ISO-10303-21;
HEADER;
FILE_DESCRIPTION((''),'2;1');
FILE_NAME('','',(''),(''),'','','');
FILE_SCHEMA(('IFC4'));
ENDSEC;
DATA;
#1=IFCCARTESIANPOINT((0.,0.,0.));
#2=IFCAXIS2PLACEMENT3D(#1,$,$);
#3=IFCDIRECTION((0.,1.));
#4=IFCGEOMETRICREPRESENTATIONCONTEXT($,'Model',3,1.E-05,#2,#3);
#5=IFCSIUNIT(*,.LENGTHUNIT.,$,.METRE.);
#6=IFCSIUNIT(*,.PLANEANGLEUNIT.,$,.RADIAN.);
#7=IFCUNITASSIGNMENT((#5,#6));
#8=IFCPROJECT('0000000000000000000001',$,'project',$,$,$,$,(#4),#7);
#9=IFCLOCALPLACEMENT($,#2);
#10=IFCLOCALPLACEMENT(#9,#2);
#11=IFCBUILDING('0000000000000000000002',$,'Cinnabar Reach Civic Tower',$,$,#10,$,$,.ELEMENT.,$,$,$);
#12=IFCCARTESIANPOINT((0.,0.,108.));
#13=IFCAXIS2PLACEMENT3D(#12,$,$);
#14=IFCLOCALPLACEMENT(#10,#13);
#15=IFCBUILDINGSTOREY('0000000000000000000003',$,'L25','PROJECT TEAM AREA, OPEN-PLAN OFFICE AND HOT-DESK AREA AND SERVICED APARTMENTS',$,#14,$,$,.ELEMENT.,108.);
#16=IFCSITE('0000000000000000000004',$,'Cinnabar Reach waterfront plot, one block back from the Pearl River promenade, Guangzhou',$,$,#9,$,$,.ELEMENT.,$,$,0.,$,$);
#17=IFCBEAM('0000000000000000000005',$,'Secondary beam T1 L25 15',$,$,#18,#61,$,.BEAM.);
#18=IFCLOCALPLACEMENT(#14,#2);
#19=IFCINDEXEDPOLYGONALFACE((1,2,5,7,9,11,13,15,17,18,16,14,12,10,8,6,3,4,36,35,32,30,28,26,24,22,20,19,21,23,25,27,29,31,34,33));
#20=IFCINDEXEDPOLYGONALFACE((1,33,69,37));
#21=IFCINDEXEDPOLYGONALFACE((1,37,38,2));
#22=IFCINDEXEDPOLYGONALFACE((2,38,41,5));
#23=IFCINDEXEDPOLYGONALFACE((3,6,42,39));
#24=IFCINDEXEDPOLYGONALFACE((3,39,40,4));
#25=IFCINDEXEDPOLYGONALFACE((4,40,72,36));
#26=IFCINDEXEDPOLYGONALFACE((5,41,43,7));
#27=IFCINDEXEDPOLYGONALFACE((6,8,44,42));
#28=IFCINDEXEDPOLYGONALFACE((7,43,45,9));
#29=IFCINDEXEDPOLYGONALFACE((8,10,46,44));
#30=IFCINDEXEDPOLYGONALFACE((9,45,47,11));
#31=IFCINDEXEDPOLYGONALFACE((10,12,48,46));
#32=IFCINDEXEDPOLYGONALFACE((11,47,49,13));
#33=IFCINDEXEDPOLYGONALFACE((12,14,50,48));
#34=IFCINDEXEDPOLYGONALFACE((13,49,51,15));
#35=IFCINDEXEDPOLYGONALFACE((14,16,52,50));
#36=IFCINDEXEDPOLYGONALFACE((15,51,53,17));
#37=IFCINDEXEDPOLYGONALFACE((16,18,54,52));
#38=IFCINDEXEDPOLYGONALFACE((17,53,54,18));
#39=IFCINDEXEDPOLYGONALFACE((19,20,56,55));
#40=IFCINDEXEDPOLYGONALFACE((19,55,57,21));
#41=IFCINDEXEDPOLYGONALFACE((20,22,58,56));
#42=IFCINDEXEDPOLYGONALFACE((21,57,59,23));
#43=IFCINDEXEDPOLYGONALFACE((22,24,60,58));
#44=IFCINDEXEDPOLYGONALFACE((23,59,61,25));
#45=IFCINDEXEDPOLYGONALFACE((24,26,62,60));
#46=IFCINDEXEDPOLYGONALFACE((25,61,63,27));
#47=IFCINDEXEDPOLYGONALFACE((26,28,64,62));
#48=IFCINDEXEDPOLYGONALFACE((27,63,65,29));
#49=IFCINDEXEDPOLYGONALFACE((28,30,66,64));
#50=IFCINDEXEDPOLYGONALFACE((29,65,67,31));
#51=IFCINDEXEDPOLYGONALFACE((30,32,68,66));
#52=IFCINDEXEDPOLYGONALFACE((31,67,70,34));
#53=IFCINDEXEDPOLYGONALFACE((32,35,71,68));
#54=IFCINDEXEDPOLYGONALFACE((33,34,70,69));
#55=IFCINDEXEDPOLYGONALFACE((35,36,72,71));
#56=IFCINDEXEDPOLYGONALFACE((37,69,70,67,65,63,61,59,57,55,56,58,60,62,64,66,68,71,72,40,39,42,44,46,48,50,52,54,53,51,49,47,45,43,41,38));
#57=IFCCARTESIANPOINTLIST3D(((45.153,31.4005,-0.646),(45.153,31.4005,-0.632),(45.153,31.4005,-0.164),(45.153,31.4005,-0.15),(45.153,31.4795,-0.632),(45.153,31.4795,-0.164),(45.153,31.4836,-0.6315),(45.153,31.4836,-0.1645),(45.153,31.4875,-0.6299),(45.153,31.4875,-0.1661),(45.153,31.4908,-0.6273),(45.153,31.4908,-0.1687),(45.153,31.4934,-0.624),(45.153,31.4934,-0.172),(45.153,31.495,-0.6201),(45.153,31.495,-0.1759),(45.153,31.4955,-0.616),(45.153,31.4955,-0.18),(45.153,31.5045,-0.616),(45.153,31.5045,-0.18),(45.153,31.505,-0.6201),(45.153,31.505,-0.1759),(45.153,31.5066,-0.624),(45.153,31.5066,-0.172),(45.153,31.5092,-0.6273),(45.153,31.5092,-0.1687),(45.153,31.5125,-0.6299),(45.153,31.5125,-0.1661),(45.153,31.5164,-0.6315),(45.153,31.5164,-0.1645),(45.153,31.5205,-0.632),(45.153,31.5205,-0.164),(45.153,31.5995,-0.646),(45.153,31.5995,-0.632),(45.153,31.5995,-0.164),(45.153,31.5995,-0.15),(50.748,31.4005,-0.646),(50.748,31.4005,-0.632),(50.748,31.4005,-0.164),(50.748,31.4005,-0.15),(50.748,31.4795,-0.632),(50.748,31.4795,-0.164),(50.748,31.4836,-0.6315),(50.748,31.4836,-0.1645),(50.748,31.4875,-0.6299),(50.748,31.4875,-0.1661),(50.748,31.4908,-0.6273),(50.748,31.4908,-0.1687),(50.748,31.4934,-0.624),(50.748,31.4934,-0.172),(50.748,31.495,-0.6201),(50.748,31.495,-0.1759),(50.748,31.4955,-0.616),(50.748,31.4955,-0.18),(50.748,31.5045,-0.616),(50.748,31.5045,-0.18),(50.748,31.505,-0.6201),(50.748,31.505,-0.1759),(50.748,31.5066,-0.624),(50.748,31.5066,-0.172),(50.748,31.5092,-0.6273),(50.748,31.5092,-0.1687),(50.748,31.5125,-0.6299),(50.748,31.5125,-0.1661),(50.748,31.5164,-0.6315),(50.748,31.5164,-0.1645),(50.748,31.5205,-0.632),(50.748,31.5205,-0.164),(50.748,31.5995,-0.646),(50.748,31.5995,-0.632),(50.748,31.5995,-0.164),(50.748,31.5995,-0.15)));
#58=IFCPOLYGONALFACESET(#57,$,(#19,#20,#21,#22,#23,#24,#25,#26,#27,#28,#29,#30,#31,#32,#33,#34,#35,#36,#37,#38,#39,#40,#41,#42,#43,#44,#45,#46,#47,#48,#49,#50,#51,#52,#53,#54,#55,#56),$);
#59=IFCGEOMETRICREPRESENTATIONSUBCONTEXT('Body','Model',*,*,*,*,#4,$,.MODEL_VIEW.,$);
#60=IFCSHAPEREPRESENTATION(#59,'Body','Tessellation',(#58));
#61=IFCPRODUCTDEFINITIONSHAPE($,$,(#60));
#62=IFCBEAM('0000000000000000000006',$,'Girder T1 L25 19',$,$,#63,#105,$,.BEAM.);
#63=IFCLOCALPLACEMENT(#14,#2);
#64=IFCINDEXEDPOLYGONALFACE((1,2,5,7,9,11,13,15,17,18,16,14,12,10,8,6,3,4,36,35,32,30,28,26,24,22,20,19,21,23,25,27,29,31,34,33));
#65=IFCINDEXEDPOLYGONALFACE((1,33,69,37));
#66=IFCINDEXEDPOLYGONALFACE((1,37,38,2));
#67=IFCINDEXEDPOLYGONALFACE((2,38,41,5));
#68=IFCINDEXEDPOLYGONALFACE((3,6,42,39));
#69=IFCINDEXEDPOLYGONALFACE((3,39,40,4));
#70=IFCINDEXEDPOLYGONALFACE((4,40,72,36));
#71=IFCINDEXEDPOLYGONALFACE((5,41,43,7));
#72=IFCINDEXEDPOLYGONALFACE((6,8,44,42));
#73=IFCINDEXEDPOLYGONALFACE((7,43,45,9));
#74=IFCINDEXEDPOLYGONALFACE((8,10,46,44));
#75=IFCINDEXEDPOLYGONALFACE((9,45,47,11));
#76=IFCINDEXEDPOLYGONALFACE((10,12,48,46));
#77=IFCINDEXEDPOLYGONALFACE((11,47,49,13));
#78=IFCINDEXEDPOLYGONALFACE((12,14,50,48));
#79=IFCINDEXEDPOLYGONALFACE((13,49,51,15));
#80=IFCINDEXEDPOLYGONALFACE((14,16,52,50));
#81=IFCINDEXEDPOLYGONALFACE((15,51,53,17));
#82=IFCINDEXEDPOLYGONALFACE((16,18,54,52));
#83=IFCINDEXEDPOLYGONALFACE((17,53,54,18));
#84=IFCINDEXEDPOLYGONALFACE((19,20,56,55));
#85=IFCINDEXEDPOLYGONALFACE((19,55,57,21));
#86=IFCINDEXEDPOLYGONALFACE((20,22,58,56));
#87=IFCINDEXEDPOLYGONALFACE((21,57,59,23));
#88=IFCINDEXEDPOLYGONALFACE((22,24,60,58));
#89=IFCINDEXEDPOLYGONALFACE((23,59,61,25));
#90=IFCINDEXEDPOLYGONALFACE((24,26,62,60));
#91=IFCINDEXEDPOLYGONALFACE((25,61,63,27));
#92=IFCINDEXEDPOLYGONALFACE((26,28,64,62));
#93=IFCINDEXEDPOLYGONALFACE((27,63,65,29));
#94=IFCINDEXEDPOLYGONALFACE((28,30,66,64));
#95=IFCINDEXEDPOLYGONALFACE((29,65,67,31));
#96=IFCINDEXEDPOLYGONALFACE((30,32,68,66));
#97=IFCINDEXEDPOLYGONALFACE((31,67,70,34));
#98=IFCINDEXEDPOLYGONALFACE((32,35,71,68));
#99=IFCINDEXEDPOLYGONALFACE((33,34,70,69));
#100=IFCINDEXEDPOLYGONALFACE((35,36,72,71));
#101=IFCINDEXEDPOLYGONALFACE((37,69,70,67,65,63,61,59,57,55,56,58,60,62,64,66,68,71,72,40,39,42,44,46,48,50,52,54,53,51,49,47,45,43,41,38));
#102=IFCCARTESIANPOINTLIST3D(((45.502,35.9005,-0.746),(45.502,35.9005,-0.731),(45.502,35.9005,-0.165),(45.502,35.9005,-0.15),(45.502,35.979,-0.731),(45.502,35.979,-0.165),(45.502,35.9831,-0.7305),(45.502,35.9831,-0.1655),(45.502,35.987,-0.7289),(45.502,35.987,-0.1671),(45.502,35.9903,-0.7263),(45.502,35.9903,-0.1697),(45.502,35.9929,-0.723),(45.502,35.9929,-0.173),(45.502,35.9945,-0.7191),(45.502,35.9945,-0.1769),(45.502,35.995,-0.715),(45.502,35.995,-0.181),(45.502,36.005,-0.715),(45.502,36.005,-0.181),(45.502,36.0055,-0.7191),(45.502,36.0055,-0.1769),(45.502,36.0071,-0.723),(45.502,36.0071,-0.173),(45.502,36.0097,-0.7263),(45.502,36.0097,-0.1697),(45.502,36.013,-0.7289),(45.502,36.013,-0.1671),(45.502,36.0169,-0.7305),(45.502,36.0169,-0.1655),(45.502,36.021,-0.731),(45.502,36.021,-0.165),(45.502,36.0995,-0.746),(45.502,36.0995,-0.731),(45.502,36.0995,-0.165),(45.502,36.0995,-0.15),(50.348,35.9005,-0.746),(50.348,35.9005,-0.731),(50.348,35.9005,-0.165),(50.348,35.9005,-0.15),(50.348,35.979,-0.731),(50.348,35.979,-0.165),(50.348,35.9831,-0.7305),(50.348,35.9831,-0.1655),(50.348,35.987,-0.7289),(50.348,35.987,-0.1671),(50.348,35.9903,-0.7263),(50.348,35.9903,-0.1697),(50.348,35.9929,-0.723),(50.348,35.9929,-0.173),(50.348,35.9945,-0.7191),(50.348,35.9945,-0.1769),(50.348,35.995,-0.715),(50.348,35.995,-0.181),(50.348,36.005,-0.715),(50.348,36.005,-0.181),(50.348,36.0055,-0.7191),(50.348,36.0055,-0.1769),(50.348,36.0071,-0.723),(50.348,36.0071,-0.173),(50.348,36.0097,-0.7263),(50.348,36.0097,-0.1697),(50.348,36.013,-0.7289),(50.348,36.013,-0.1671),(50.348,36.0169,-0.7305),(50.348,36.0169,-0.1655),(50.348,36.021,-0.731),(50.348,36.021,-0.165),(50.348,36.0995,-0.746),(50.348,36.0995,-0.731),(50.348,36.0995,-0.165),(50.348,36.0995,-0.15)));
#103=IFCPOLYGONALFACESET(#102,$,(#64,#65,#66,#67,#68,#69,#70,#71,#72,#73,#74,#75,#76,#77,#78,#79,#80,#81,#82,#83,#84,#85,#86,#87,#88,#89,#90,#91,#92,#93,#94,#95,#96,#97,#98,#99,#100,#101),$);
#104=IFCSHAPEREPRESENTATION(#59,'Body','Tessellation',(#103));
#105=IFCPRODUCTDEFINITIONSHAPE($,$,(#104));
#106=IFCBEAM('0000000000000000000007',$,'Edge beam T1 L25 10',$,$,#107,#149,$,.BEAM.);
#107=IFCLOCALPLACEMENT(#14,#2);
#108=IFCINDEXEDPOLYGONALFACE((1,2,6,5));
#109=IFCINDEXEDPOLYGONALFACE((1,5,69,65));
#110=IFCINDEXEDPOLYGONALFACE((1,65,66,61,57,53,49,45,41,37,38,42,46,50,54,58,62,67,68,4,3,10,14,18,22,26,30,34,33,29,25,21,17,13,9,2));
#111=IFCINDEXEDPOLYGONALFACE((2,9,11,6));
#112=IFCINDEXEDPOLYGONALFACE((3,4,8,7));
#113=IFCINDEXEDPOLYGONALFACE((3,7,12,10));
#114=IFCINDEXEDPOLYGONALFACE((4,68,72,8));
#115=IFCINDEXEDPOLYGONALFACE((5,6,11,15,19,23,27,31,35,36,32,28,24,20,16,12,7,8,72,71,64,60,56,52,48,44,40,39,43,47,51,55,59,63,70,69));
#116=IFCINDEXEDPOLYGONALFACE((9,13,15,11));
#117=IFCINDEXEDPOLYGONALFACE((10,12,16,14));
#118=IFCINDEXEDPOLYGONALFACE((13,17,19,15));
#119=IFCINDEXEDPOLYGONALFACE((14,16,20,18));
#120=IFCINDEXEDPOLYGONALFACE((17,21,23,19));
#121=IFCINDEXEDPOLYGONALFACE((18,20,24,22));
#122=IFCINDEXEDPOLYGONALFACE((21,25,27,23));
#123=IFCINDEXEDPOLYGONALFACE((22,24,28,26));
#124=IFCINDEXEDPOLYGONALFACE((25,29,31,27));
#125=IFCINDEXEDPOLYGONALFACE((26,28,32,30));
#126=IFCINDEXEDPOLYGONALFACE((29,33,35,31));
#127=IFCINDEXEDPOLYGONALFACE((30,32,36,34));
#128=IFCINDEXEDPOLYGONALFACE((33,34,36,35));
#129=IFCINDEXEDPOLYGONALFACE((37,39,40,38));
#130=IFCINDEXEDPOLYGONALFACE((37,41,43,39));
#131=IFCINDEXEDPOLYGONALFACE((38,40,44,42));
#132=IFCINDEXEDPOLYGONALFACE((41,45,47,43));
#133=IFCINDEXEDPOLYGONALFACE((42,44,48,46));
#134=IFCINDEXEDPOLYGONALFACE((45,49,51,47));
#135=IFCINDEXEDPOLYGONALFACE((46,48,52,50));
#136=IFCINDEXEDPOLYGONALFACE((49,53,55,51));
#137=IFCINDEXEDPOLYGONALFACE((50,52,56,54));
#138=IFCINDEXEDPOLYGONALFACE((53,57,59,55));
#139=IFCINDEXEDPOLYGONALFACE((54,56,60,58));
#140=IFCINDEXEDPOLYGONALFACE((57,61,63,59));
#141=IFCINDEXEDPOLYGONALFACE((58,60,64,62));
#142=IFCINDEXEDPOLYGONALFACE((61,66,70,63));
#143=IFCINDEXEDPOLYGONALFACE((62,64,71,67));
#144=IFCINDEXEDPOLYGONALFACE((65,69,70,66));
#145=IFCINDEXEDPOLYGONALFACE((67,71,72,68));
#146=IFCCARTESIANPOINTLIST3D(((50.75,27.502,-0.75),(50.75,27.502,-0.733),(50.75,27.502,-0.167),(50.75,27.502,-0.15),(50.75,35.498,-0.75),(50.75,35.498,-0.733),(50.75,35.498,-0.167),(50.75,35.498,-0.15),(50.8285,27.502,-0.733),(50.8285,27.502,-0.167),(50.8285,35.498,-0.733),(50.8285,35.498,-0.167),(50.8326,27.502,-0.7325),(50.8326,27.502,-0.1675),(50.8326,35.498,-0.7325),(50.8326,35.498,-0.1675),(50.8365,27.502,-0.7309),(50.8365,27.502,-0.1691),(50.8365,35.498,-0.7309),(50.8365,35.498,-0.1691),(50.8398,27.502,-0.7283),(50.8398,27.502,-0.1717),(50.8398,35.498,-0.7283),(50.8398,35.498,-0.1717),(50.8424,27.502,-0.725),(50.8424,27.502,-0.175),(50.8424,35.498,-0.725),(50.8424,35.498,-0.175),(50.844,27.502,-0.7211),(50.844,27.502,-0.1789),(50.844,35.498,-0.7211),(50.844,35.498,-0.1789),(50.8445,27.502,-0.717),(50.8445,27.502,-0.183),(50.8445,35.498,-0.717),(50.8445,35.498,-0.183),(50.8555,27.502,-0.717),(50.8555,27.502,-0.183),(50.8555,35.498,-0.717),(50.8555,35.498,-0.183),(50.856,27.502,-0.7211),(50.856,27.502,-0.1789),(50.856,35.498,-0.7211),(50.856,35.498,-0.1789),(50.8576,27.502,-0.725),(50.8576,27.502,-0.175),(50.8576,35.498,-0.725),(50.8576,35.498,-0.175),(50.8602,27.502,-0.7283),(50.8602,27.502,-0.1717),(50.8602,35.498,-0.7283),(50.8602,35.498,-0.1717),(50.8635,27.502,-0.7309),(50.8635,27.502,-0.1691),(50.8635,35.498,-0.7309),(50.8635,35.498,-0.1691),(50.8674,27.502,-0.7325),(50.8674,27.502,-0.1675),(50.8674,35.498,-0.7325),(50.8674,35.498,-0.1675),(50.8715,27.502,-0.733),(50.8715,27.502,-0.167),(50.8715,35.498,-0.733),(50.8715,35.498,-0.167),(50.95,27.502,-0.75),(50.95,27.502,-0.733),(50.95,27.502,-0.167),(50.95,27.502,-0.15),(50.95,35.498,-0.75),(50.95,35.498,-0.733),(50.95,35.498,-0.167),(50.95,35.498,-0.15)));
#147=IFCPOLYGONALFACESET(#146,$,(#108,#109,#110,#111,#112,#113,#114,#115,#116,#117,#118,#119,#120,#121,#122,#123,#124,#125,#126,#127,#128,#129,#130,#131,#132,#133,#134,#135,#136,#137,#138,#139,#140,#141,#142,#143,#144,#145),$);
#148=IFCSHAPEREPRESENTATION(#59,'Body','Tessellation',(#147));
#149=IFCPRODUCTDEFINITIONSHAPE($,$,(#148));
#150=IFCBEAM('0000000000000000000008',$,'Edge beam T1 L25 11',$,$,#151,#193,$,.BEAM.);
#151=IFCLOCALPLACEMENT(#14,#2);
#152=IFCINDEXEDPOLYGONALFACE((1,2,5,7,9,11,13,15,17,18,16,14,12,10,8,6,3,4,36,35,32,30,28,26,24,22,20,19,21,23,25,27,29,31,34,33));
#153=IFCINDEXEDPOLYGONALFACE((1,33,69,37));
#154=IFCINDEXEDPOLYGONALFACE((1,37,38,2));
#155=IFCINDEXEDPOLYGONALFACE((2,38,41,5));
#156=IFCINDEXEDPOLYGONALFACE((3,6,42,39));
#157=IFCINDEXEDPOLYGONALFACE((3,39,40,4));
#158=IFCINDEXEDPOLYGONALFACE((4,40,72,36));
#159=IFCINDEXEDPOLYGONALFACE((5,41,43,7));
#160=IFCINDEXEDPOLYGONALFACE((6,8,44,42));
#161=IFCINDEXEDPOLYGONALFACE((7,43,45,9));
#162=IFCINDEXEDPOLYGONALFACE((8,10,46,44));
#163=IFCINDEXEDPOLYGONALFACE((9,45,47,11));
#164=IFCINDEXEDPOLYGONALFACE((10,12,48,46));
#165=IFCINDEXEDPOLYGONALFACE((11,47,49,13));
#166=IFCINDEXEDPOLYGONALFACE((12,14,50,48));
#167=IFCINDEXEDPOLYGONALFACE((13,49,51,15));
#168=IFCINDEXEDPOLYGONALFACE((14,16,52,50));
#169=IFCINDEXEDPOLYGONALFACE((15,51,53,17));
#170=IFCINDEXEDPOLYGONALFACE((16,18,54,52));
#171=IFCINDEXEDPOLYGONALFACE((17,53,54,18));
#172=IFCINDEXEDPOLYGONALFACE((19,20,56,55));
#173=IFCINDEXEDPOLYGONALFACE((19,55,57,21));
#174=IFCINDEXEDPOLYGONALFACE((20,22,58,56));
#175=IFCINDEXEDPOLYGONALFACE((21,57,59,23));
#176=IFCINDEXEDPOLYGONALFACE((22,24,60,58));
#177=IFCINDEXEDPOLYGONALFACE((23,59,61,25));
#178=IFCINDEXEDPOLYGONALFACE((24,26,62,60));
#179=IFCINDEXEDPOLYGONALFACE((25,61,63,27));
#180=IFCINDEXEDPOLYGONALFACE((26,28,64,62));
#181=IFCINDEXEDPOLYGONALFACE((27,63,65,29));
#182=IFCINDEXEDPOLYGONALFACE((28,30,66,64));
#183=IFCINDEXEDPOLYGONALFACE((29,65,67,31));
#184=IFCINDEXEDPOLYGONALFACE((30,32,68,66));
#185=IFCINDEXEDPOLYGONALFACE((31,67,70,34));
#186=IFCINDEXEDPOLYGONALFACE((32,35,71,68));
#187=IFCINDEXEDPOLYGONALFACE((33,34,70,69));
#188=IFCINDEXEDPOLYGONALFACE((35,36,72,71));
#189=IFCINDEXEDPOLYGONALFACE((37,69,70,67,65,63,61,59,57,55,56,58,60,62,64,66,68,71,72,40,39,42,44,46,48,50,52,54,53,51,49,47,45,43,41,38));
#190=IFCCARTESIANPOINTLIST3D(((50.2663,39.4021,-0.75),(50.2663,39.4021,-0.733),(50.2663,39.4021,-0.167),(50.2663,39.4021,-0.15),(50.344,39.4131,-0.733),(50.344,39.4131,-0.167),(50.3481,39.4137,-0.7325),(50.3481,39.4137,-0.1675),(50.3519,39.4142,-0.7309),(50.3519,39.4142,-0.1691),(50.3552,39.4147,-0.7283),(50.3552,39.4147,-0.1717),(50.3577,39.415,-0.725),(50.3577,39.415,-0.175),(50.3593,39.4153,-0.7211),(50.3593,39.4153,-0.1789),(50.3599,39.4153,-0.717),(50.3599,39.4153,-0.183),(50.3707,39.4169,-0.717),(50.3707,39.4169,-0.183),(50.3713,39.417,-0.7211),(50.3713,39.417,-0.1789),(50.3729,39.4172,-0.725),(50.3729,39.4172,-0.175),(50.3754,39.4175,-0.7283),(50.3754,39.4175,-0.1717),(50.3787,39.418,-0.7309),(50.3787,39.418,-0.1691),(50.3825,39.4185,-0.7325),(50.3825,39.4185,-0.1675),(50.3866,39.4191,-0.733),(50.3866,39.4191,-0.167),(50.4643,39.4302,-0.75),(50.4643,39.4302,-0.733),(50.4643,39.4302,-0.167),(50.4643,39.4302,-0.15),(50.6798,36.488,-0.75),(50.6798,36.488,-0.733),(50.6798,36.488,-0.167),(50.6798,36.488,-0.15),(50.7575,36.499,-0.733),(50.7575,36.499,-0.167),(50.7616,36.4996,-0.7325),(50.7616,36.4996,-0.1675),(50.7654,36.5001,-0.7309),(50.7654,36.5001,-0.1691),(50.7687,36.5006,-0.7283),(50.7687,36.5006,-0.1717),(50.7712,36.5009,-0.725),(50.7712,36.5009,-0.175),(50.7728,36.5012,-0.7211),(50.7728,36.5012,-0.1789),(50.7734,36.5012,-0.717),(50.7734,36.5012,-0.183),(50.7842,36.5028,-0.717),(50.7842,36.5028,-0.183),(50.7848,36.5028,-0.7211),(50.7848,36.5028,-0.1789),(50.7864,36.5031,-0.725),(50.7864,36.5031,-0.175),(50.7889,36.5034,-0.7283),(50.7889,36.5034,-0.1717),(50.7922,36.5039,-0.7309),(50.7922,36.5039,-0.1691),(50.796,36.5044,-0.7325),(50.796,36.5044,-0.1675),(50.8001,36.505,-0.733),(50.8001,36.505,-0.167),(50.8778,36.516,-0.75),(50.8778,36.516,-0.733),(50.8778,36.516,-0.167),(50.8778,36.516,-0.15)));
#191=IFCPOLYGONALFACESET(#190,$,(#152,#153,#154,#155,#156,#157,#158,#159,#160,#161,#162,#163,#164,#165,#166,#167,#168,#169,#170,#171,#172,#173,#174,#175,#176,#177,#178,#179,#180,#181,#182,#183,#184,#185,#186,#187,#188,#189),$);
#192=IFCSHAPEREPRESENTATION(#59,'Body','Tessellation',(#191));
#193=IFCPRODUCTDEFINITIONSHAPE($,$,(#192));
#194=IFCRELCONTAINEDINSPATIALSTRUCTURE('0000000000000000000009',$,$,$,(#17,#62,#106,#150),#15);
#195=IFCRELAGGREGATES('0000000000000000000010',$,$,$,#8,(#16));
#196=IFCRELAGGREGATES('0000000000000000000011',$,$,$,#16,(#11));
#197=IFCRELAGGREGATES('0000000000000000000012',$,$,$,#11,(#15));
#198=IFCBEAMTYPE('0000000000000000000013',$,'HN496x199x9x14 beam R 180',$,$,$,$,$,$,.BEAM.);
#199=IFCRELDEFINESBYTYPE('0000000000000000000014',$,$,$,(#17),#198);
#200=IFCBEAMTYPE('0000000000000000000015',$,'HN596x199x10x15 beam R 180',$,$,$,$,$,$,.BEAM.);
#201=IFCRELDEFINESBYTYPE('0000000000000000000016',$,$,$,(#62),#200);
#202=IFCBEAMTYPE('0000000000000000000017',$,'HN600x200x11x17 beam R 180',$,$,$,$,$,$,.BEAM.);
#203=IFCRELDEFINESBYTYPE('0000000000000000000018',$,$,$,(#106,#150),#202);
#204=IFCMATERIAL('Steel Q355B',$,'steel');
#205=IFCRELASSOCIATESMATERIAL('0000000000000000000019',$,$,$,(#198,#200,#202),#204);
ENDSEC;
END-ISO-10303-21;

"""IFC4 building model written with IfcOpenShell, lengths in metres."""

from ifc_helpers import new_model, si_unit, direction, frame, origin, origin_2d, place, context, subcontext, project, spatial, i_section, extrude, material, material_profile, profile_set, type_object, element, save


model = new_model("IFC4")

# Units and contexts
model_context = context("Model", 3, precision=1e-05, world=origin(), true_north=direction((0.0, 1.0)))
body_context = subcontext(model_context, "Body", "Model", "MODEL_VIEW")
ifc_project = project(units=[si_unit("LENGTHUNIT", "METRE"), si_unit("PLANEANGLEUNIT", "RADIAN")], contexts=[model_context])

# Site, building, storey
site_placement = place(None, origin())
site = spatial("IfcSite", under=ifc_project, at=site_placement, Name="Cinnabar Reach waterfront plot, one block back from the Pearl River promenade, Guangzhou", CompositionType="ELEMENT", RefElevation=0.0)
building_placement = place(site_placement, origin())
building = spatial("IfcBuilding", under=site, at=building_placement, Name="Cinnabar Reach Civic Tower", CompositionType="ELEMENT")
storey_placement = place(building_placement, frame((0.0, 0.0, 108.0)))
storey = spatial("IfcBuildingStorey", under=building, at=storey_placement, Name="L25", Description="PROJECT TEAM AREA, OPEN-PLAN OFFICE AND HOT-DESK AREA AND SERVICED APARTMENTS", CompositionType="ELEMENT", Elevation=108.0)

# Beams
ifc_material_1 = material(Name="Steel Q355B", Category="steel")
ifc_material_profile_1 = material_profile(ifc_material_1, i_section(OverallWidth=0.199, OverallDepth=0.496, WebThickness=0.009, FlangeThickness=0.014, FilletRadius=0.016, at=origin_2d()), Name="HN496x199x9x14")
ifc_profile_set_1 = profile_set([ifc_material_profile_1], Name="Steel Q355B")
beam_type_1 = type_object("IfcBeamType", Name="HN496x199x9x14 beam R 180", PredefinedType="BEAM", material=ifc_profile_set_1)
beam_1_placement = place(storey_placement, frame((45.153, 31.5, -0.398), z_axis=(1.0, 0.0, 0.0), x_axis=(0.0, 1.0, 0.0)))
element("IfcBeam", 1, at=beam_1_placement, inside=storey, type_object=beam_type_1, Name="Secondary beam T1 L25 15", PredefinedType="BEAM", context=body_context, shape_type="SweptSolid", body=[
    extrude(i_section(OverallWidth=0.199, OverallDepth=0.496, WebThickness=0.009, FlangeThickness=0.014, FilletRadius=0.016, at=origin_2d()), origin(), (0.0, 0.0, 1.0), 5.595),
])
ifc_material_profile_2 = material_profile(ifc_material_1, i_section(OverallWidth=0.199, OverallDepth=0.596, WebThickness=0.01, FlangeThickness=0.015, FilletRadius=0.016, at=origin_2d()), Name="HN596x199x10x15")
ifc_profile_set_2 = profile_set([ifc_material_profile_2], Name="Steel Q355B")
beam_type_2 = type_object("IfcBeamType", Name="HN596x199x10x15 beam R 180", PredefinedType="BEAM", material=ifc_profile_set_2)
beam_2_placement = place(storey_placement, frame((45.502, 36.0, -0.448), z_axis=(1.0, 0.0, 0.0), x_axis=(0.0, 1.0, 0.0)))
element("IfcBeam", 2, at=beam_2_placement, inside=storey, type_object=beam_type_2, Name="Girder T1 L25 19", PredefinedType="BEAM", context=body_context, shape_type="SweptSolid", body=[
    extrude(i_section(OverallWidth=0.199, OverallDepth=0.596, WebThickness=0.01, FlangeThickness=0.015, FilletRadius=0.016, at=origin_2d()), origin(), (0.0, 0.0, 1.0), 4.846),
])
ifc_material_profile_3 = material_profile(ifc_material_1, i_section(OverallWidth=0.2, OverallDepth=0.6, WebThickness=0.011, FlangeThickness=0.017, FilletRadius=0.016, at=origin_2d()), Name="HN600x200x11x17")
ifc_profile_set_3 = profile_set([ifc_material_profile_3], Name="Steel Q355B")
beam_type_3 = type_object("IfcBeamType", Name="HN600x200x11x17 beam R 180", PredefinedType="BEAM", material=ifc_profile_set_3)
beam_3_placement = place(storey_placement, frame((50.85, 27.502, -0.45), z_axis=(0.0, 1.0, 0.0), x_axis=(-1.0, 0.0, 0.0)))
element("IfcBeam", 3, at=beam_3_placement, inside=storey, type_object=beam_type_3, Name="Edge beam T1 L25 10", PredefinedType="BEAM", context=body_context, shape_type="SweptSolid", body=[
    extrude(i_section(OverallWidth=0.2, OverallDepth=0.6, WebThickness=0.011, FlangeThickness=0.017, FilletRadius=0.016, at=origin_2d()), origin(), (0.0, 0.0, 1.0), 7.996),
])
beam_4_placement = place(storey_placement, frame((50.7788, 36.502, -0.45), z_axis=(-0.140489, 0.990082, 0.0), x_axis=(-0.990082, -0.140489, 0.0)))
element("IfcBeam", 4, at=beam_4_placement, inside=storey, type_object=beam_type_3, Name="Edge beam T1 L25 11", PredefinedType="BEAM", context=body_context, shape_type="SweptSolid", body=[
    extrude(i_section(OverallWidth=0.2, OverallDepth=0.6, WebThickness=0.011, FlangeThickness=0.017, FilletRadius=0.016, at=origin_2d()), origin(), (0.0, 0.0, 1.0), 2.9433),
])

save(model, "model.ifc")
